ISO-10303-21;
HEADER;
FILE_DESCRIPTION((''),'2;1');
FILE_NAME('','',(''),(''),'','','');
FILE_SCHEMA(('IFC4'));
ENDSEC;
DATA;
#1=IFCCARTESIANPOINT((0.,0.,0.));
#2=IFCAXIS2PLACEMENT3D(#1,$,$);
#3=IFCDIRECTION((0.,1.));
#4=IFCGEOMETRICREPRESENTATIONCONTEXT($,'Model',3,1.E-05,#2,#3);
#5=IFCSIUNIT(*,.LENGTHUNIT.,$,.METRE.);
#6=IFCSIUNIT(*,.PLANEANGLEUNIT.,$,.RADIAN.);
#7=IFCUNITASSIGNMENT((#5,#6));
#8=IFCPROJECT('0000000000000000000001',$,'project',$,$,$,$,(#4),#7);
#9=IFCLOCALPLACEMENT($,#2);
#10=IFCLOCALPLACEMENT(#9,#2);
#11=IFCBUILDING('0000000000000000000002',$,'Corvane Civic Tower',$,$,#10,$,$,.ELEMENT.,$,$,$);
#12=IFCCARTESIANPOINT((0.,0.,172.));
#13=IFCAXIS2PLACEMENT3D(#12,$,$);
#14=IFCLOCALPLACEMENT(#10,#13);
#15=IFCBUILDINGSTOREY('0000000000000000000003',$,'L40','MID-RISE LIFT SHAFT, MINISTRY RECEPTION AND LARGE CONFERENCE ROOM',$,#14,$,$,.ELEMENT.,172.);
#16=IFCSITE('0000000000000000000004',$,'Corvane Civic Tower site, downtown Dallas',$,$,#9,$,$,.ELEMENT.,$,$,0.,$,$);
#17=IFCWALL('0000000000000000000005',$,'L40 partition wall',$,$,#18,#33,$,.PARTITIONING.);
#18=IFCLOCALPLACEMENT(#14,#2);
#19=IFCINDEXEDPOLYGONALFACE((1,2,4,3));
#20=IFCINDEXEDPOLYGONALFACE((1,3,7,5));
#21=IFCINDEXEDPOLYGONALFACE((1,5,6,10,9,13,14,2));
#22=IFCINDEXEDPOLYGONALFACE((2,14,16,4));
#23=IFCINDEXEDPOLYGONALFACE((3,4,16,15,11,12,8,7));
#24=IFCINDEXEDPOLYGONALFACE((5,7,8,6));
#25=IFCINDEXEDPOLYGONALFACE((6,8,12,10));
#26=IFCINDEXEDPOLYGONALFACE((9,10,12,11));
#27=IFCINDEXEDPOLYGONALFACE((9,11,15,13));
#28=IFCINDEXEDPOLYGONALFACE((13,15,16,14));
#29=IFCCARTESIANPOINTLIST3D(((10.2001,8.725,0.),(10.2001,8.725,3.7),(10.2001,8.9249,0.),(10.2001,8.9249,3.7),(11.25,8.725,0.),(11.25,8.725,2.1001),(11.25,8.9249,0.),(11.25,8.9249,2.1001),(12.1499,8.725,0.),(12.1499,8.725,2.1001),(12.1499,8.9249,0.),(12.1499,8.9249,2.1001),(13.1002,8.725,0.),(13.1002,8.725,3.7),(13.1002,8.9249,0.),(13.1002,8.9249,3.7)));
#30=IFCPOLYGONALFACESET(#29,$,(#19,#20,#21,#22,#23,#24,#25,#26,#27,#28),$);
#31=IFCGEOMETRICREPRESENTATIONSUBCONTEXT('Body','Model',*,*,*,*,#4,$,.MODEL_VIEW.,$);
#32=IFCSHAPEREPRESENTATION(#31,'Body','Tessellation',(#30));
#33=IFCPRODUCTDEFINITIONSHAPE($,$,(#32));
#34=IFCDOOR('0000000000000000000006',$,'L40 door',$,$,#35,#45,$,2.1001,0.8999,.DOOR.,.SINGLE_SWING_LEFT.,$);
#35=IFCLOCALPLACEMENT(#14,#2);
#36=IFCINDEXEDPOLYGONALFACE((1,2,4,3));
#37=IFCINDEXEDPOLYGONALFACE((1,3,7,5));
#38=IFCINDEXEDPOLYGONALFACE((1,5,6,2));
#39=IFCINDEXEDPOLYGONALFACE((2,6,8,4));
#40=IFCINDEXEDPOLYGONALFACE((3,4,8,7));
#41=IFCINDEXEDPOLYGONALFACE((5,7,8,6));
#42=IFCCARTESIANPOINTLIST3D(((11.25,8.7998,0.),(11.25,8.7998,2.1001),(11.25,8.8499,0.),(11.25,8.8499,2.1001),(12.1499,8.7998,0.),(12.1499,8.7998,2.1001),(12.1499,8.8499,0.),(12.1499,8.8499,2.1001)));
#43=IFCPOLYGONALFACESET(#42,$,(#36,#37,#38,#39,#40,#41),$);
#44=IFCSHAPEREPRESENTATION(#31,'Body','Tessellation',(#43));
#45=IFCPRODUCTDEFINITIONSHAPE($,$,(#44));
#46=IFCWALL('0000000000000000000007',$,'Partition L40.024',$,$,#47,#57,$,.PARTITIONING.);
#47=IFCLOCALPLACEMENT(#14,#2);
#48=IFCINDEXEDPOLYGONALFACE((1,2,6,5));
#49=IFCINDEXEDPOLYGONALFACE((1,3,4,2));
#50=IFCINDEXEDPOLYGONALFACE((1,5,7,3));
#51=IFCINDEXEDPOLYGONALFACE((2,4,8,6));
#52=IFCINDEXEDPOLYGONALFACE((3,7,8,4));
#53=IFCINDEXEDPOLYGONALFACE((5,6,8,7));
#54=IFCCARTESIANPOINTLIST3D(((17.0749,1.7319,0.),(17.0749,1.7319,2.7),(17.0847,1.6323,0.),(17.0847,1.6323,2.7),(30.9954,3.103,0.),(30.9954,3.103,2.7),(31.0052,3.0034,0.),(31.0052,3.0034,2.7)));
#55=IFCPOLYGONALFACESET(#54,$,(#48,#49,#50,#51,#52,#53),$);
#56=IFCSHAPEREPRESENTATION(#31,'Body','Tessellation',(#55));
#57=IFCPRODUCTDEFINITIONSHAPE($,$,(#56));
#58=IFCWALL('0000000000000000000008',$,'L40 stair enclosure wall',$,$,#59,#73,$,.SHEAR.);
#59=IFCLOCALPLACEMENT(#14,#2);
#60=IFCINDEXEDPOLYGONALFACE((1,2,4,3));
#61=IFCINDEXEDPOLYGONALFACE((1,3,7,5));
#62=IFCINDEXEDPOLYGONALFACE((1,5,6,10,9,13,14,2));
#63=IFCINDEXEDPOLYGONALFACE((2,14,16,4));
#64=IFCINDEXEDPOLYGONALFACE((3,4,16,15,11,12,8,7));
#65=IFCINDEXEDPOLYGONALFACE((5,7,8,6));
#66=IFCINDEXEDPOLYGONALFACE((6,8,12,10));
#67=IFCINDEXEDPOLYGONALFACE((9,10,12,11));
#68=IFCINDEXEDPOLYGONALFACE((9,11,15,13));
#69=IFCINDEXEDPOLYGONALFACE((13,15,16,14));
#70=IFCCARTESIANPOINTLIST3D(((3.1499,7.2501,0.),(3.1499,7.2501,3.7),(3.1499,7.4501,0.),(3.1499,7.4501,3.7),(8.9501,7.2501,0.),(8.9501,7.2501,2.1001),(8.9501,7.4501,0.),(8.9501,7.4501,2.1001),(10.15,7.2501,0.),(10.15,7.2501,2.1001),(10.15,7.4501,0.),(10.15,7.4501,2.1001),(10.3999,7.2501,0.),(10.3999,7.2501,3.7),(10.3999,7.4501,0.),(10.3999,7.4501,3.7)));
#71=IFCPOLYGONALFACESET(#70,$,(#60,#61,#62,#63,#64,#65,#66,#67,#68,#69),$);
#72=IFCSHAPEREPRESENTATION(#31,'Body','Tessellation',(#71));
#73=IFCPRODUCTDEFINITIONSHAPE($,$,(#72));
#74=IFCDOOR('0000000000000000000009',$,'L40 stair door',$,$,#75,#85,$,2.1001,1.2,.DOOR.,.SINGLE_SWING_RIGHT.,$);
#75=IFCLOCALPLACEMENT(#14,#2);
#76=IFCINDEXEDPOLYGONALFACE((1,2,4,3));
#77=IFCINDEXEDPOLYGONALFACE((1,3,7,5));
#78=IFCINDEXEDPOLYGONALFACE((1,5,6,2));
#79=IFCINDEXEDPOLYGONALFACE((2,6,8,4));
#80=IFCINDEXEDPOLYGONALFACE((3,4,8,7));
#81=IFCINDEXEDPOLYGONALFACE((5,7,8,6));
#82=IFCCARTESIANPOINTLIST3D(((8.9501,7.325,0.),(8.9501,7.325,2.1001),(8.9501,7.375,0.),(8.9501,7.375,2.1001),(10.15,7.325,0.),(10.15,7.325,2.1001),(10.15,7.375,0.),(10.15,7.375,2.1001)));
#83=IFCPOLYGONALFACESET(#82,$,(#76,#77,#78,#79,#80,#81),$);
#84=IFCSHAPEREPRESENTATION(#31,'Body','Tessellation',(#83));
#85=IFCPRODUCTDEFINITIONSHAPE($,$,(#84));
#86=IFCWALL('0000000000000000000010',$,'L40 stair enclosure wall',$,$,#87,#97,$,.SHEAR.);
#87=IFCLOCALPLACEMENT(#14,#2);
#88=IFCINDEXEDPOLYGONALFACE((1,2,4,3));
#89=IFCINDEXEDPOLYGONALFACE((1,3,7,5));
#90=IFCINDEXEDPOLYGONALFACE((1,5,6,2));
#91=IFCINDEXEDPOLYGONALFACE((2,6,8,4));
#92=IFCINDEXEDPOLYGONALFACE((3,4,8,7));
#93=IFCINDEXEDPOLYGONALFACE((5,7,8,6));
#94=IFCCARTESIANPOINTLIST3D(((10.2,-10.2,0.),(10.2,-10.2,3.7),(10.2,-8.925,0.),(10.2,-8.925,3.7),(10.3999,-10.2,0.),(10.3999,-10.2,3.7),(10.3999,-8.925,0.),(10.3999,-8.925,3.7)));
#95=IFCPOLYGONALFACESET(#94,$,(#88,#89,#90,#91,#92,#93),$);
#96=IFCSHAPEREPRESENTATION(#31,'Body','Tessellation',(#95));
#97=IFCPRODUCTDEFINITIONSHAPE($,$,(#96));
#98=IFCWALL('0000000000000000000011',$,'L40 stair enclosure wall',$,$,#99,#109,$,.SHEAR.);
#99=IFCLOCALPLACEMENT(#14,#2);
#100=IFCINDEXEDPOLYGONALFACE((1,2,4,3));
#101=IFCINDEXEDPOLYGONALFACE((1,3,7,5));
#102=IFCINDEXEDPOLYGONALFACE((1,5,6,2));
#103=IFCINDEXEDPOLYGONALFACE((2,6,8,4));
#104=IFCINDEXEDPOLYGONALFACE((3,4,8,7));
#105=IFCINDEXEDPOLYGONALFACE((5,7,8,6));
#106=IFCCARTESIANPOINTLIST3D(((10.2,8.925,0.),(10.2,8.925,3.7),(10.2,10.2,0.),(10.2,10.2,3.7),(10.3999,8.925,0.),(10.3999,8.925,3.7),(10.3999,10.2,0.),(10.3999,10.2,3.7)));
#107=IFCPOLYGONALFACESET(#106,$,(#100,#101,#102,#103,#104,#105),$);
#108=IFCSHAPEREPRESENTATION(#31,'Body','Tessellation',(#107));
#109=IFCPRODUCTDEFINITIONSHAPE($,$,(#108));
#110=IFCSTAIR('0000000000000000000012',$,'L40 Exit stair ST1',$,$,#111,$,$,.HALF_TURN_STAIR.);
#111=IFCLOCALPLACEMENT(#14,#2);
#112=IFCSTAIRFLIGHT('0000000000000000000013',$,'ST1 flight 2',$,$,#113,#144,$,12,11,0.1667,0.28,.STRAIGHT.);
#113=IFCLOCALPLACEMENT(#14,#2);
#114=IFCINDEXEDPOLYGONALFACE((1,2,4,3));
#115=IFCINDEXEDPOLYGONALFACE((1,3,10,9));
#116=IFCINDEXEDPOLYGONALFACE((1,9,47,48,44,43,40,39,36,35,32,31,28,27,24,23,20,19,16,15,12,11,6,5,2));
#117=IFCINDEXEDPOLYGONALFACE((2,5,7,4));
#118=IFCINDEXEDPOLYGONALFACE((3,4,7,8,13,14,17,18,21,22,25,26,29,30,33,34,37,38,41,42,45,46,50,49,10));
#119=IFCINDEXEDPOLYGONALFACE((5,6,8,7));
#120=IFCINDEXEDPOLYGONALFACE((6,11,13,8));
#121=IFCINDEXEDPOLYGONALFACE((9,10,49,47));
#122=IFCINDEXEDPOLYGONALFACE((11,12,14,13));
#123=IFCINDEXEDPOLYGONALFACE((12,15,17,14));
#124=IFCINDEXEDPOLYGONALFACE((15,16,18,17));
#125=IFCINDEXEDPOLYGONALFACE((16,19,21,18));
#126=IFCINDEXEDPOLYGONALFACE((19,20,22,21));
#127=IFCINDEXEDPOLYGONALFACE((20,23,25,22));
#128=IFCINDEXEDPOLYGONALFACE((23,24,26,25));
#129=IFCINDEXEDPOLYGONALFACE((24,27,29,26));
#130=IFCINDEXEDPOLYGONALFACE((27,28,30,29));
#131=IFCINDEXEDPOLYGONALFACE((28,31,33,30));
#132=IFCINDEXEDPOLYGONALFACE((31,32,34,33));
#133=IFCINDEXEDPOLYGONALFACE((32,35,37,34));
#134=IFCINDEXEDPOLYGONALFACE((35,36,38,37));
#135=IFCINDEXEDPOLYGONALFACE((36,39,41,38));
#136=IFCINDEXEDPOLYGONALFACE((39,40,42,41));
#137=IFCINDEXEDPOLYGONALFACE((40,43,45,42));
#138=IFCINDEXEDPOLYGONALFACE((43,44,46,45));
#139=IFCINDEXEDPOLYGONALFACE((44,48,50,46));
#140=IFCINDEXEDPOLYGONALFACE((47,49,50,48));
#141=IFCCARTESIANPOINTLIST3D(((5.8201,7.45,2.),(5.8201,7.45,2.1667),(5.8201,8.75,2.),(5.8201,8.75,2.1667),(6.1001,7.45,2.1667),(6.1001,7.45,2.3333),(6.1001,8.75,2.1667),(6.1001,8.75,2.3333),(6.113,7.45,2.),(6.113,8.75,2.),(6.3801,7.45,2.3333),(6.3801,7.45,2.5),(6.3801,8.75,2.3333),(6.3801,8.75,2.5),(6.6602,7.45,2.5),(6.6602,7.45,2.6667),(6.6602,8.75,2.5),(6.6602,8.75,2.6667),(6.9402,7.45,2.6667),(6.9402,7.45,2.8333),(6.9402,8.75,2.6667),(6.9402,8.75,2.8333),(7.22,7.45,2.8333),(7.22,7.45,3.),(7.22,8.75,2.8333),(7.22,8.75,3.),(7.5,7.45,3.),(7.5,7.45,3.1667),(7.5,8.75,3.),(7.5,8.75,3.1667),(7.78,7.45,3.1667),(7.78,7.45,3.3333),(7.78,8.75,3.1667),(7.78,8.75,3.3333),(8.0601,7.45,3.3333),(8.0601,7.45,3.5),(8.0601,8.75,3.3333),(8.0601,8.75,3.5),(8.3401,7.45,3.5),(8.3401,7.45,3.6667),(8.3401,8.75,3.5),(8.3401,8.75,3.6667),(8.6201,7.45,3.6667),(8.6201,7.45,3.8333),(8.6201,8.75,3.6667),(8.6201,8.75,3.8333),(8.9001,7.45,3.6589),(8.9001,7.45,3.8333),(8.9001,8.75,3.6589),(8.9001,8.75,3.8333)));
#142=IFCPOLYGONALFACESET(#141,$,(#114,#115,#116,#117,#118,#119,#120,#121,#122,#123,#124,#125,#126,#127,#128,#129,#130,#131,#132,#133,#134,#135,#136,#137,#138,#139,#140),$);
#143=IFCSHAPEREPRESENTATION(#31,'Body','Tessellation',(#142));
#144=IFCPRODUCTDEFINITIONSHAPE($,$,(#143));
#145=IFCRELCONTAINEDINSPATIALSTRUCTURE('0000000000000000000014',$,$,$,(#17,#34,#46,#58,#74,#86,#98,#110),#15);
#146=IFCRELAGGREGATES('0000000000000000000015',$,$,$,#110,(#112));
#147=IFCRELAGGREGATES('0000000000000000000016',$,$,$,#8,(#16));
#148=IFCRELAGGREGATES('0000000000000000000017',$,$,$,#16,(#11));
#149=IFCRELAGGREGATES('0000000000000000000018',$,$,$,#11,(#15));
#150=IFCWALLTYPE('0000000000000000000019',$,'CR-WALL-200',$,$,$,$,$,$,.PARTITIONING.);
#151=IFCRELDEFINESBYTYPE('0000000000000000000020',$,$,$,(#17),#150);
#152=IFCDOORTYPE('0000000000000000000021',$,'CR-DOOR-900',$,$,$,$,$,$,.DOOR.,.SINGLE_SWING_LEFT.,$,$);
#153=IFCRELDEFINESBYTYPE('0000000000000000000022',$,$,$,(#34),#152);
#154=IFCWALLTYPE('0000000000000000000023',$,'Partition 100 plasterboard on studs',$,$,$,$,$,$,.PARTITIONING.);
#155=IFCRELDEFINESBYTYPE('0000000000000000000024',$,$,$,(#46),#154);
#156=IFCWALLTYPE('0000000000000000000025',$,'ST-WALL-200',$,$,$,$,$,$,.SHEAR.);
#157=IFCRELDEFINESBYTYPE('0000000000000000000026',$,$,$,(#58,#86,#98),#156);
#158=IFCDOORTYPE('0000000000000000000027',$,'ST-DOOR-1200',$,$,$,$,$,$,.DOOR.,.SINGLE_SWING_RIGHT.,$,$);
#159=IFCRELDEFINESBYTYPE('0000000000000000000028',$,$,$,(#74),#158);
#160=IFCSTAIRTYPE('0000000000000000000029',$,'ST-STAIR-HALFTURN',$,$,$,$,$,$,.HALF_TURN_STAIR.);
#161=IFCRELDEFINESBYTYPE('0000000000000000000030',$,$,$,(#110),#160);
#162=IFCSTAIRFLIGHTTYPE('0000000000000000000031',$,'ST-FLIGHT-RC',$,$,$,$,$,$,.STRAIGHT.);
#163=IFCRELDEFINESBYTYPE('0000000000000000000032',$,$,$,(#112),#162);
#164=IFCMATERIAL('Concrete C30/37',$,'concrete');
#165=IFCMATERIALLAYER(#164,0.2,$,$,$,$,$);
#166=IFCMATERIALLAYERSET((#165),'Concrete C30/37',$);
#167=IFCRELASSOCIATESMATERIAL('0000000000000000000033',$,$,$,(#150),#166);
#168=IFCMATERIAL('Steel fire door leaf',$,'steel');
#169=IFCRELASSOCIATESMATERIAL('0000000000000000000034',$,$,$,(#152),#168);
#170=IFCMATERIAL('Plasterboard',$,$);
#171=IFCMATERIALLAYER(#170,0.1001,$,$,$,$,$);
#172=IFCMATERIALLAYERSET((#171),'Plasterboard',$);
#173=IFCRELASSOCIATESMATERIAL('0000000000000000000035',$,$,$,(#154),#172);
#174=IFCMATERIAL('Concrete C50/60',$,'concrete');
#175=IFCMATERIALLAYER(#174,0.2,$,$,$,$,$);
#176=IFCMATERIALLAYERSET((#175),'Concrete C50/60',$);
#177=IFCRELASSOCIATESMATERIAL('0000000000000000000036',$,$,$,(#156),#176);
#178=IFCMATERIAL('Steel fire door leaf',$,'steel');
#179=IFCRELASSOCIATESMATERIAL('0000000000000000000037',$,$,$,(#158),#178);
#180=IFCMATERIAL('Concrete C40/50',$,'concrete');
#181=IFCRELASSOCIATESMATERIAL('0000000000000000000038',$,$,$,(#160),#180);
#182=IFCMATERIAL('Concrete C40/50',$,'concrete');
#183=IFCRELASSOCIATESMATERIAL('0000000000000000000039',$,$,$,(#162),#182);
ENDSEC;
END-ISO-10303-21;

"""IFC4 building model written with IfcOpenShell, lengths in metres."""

from ifc_helpers import new_model, si_unit, direction, frame, frame_2d, origin, place, context, subcontext, project, spatial, polyline, rectangle, outline, extrude, material, layer, layer_set, type_object, element, fill, aggregate, save


model = new_model("IFC4")

# Units and contexts
model_context = context("Model", 3, precision=1e-05, world=origin(), true_north=direction((0.0, 1.0)))
body_context = subcontext(model_context, "Body", "Model", "MODEL_VIEW")
ifc_project = project(units=[si_unit("LENGTHUNIT", "METRE"), si_unit("PLANEANGLEUNIT", "RADIAN")], contexts=[model_context])

# Site, building, storey
site_placement = place(None, origin())
site = spatial("IfcSite", under=ifc_project, at=site_placement, Name="Corvane Civic Tower site, downtown Dallas", CompositionType="ELEMENT", RefElevation=0.0)
building_placement = place(site_placement, origin())
building = spatial("IfcBuilding", under=site, at=building_placement, Name="Corvane Civic Tower", CompositionType="ELEMENT")
storey_placement = place(building_placement, frame((0.0, 0.0, 172.0)))
storey = spatial("IfcBuildingStorey", under=building, at=storey_placement, Name="L40", Description="MID-RISE LIFT SHAFT, MINISTRY RECEPTION AND LARGE CONFERENCE ROOM", CompositionType="ELEMENT", Elevation=172.0)

# Wall, opening, door
ifc_material_1 = material(Name="Concrete C30/37", Category="concrete")
ifc_layer_1 = layer(ifc_material_1, 0.2)
ifc_layer_set_1 = layer_set([ifc_layer_1], Name="Concrete C30/37")
wall_type_1 = type_object("IfcWallType", Name="CR-WALL-200", PredefinedType="PARTITIONING", material=ifc_layer_set_1)
ifc_material_2 = material(Name="Steel fire door leaf", Category="steel")
door_type_1 = type_object("IfcDoorType", Name="CR-DOOR-900", OperationType="SINGLE_SWING_LEFT", PredefinedType="DOOR", material=ifc_material_2)
wall_1_placement = place(storey_placement, frame((10.2, 8.825, 0.0), z_axis=(0.0, 0.0, 1.0), x_axis=(1.0, 0.0, 0.0)))
wall_1 = element("IfcWall", 1, at=wall_1_placement, inside=storey, type_object=wall_type_1, Name="L40 partition wall", PredefinedType="PARTITIONING", context=body_context, shape_type="SweptSolid", body=[
    extrude(rectangle(XDim=2.9001, YDim=0.2, at=frame_2d((1.4502, 0.0))), origin(), (0.0, 0.0, 1.0), 3.7),
])
opening_1_placement = place(wall_1_placement, frame((1.05, 0.0, 0.0)))
opening_1 = element("IfcOpeningElement", 2, at=opening_1_placement, cuts=wall_1, PredefinedType="OPENING", context=body_context, shape_type="SweptSolid", body=[
    extrude(rectangle(XDim=0.8999, YDim=2.1001, at=frame_2d((0.45, 1.05))), frame((0.0, 0.1099, 0.0), z_axis=(0.0, -1.0, 0.0), x_axis=(1.0, 0.0, 0.0)), (0.0, 0.0, 1.0), 0.22),
])
door_1_placement = place(opening_1_placement, origin())
door_1 = element("IfcDoor", 3, at=door_1_placement, inside=storey, type_object=door_type_1, Name="L40 door", OperationType="SINGLE_SWING_LEFT", OverallHeight=2.1001, OverallWidth=0.8999, PredefinedType="DOOR", context=body_context, shape_type="SweptSolid", body=[
    extrude(rectangle(XDim=0.8999, YDim=2.1001, at=frame_2d((0.45, 1.05))), frame((0.0, 0.0249, 0.0), z_axis=(0.0, -1.0, 0.0), x_axis=(1.0, 0.0, 0.0)), (0.0, 0.0, 1.0), 0.05),
])
fill(opening_1, door_1)

# Wall
ifc_material_3 = material(Name="Plasterboard")
ifc_layer_2 = layer(ifc_material_3, 0.1001)
ifc_layer_set_2 = layer_set([ifc_layer_2], Name="Plasterboard")
wall_type_2 = type_object("IfcWallType", Name="Partition 100 plasterboard on studs", PredefinedType="PARTITIONING", material=ifc_layer_set_2)
wall_2_placement = place(storey_placement, frame((17.0798, 1.6821, 0.0), z_axis=(0.0, 0.0, 1.0), x_axis=(0.995184, 0.098021, 0.0)))
element("IfcWall", 4, at=wall_2_placement, inside=storey, type_object=wall_type_2, Name="Partition L40.024", PredefinedType="PARTITIONING", context=body_context, shape_type="SweptSolid", body=[
    extrude(rectangle(XDim=13.9878, YDim=0.1001, at=frame_2d((6.9939, 0.0))), origin(), (0.0, 0.0, 1.0), 2.7),
])

# Wall, opening, door
ifc_material_4 = material(Name="Concrete C50/60", Category="concrete")
ifc_layer_3 = layer(ifc_material_4, 0.2)
ifc_layer_set_3 = layer_set([ifc_layer_3], Name="Concrete C50/60")
wall_type_3 = type_object("IfcWallType", Name="ST-WALL-200", PredefinedType="SHEAR", material=ifc_layer_set_3)
wall_3_placement = place(storey_placement, frame((3.1499, 7.3501, 0.0), z_axis=(0.0, 0.0, 1.0), x_axis=(1.0, 0.0, 0.0)))
wall_3 = element("IfcWall", 5, at=wall_3_placement, inside=storey, type_object=wall_type_3, Name="L40 stair enclosure wall", PredefinedType="SHEAR", context=body_context, shape_type="SweptSolid", body=[
    extrude(rectangle(XDim=7.25, YDim=0.2, at=frame_2d((3.625, 0.0))), origin(), (0.0, 0.0, 1.0), 3.7),
])
opening_2_placement = place(wall_3_placement, frame((5.8, 0.0, 0.0)))
opening_2 = element("IfcOpeningElement", 6, at=opening_2_placement, cuts=wall_3, PredefinedType="OPENING", context=body_context, shape_type="SweptSolid", body=[
    extrude(rectangle(XDim=1.2, YDim=2.1001, at=frame_2d((0.6001, 1.05))), frame((0.0, 0.1099, 0.0), z_axis=(0.0, -1.0, 0.0), x_axis=(1.0, 0.0, 0.0)), (0.0, 0.0, 1.0), 0.22),
])
ifc_material_5 = material(Name="Steel fire door leaf", Category="steel")
door_type_2 = type_object("IfcDoorType", Name="ST-DOOR-1200", OperationType="SINGLE_SWING_RIGHT", PredefinedType="DOOR", material=ifc_material_5)
door_2_placement = place(opening_2_placement, origin())
door_2 = element("IfcDoor", 7, at=door_2_placement, inside=storey, type_object=door_type_2, Name="L40 stair door", OperationType="SINGLE_SWING_RIGHT", OverallHeight=2.1001, OverallWidth=1.2, PredefinedType="DOOR", context=body_context, shape_type="SweptSolid", body=[
    extrude(rectangle(XDim=1.2, YDim=2.1001, at=frame_2d((0.6001, 1.05))), frame((0.0, 0.0249, 0.0), z_axis=(0.0, -1.0, 0.0), x_axis=(1.0, 0.0, 0.0)), (0.0, 0.0, 1.0), 0.05),
])
fill(opening_2, door_2)

# Walls
wall_4_placement = place(storey_placement, origin())
element("IfcWall", 8, at=wall_4_placement, inside=storey, type_object=wall_type_3, Name="L40 stair enclosure wall", PredefinedType="SHEAR", context=body_context, shape_type="SweptSolid", body=[
    extrude(outline(polyline([(10.3999, -8.925), (10.3999, -10.2), (10.2, -10.2), (10.2, -8.925), (10.3999, -8.925)])), origin(), (0.0, 0.0, 1.0), 3.7),
])
wall_5_placement = place(storey_placement, origin())
element("IfcWall", 9, at=wall_5_placement, inside=storey, type_object=wall_type_3, Name="L40 stair enclosure wall", PredefinedType="SHEAR", context=body_context, shape_type="SweptSolid", body=[
    extrude(outline(polyline([(10.3999, 8.925), (10.2, 8.925), (10.2, 10.2), (10.3999, 10.2), (10.3999, 8.925)])), origin(), (0.0, 0.0, 1.0), 3.7),
])

# Stair, stair flight
ifc_material_6 = material(Name="Concrete C40/50", Category="concrete")
stair_type = type_object("IfcStairType", Name="ST-STAIR-HALFTURN", PredefinedType="HALF_TURN_STAIR", material=ifc_material_6)
stair_placement = place(storey_placement, origin())
stair = element("IfcStair", 10, at=stair_placement, inside=storey, type_object=stair_type, Name="L40 Exit stair ST1", PredefinedType="HALF_TURN_STAIR")
ifc_material_7 = material(Name="Concrete C40/50", Category="concrete")
stair_flight_type = type_object("IfcStairFlightType", Name="ST-FLIGHT-RC", PredefinedType="STRAIGHT", material=ifc_material_7)
stair_flight_placement = place(storey_placement, frame((5.8201, 8.1001, 2.0), z_axis=(0.0, 0.0, 1.0), x_axis=(1.0, 0.0, 0.0)))
stair_flight = element("IfcStairFlight", 11, at=stair_flight_placement, type_object=stair_flight_type, Name="ST1 flight 2", NumberOfRisers=12, NumberOfTreads=11, PredefinedType="STRAIGHT", RiserHeight=0.1667, TreadLength=0.28, context=body_context, shape_type="SweptSolid", body=[
    extrude(outline(polyline([(0.0, 0.0), (0.0, 0.1667), (0.28, 0.1667), (0.28, 0.3333), (0.5601, 0.3333), (0.5601, 0.5), (0.8401, 0.5), (0.8401, 0.6667), (1.1201, 0.6667), (1.1201, 0.8333), (1.3999, 0.8333), (1.3999, 1.0), (1.6799, 1.0), (1.6799, 1.1667), (1.96, 1.1667), (1.96, 1.3333), (2.24, 1.3333), (2.24, 1.5), (2.52, 1.5), (2.52, 1.6667), (2.8, 1.6667), (2.8, 1.8333), (3.0801, 1.8333), (3.0801, 2.0), (3.0801, 1.6589), (0.293, 0.0), (0.0, 0.0)])), frame((0.0, 0.6499, 0.0), z_axis=(0.0, -1.0, 0.0), x_axis=(1.0, 0.0, 0.0)), (0.0, 0.0, 1.0), 1.3),
])
aggregate(stair, [stair_flight])

save(model, "model.ifc")
